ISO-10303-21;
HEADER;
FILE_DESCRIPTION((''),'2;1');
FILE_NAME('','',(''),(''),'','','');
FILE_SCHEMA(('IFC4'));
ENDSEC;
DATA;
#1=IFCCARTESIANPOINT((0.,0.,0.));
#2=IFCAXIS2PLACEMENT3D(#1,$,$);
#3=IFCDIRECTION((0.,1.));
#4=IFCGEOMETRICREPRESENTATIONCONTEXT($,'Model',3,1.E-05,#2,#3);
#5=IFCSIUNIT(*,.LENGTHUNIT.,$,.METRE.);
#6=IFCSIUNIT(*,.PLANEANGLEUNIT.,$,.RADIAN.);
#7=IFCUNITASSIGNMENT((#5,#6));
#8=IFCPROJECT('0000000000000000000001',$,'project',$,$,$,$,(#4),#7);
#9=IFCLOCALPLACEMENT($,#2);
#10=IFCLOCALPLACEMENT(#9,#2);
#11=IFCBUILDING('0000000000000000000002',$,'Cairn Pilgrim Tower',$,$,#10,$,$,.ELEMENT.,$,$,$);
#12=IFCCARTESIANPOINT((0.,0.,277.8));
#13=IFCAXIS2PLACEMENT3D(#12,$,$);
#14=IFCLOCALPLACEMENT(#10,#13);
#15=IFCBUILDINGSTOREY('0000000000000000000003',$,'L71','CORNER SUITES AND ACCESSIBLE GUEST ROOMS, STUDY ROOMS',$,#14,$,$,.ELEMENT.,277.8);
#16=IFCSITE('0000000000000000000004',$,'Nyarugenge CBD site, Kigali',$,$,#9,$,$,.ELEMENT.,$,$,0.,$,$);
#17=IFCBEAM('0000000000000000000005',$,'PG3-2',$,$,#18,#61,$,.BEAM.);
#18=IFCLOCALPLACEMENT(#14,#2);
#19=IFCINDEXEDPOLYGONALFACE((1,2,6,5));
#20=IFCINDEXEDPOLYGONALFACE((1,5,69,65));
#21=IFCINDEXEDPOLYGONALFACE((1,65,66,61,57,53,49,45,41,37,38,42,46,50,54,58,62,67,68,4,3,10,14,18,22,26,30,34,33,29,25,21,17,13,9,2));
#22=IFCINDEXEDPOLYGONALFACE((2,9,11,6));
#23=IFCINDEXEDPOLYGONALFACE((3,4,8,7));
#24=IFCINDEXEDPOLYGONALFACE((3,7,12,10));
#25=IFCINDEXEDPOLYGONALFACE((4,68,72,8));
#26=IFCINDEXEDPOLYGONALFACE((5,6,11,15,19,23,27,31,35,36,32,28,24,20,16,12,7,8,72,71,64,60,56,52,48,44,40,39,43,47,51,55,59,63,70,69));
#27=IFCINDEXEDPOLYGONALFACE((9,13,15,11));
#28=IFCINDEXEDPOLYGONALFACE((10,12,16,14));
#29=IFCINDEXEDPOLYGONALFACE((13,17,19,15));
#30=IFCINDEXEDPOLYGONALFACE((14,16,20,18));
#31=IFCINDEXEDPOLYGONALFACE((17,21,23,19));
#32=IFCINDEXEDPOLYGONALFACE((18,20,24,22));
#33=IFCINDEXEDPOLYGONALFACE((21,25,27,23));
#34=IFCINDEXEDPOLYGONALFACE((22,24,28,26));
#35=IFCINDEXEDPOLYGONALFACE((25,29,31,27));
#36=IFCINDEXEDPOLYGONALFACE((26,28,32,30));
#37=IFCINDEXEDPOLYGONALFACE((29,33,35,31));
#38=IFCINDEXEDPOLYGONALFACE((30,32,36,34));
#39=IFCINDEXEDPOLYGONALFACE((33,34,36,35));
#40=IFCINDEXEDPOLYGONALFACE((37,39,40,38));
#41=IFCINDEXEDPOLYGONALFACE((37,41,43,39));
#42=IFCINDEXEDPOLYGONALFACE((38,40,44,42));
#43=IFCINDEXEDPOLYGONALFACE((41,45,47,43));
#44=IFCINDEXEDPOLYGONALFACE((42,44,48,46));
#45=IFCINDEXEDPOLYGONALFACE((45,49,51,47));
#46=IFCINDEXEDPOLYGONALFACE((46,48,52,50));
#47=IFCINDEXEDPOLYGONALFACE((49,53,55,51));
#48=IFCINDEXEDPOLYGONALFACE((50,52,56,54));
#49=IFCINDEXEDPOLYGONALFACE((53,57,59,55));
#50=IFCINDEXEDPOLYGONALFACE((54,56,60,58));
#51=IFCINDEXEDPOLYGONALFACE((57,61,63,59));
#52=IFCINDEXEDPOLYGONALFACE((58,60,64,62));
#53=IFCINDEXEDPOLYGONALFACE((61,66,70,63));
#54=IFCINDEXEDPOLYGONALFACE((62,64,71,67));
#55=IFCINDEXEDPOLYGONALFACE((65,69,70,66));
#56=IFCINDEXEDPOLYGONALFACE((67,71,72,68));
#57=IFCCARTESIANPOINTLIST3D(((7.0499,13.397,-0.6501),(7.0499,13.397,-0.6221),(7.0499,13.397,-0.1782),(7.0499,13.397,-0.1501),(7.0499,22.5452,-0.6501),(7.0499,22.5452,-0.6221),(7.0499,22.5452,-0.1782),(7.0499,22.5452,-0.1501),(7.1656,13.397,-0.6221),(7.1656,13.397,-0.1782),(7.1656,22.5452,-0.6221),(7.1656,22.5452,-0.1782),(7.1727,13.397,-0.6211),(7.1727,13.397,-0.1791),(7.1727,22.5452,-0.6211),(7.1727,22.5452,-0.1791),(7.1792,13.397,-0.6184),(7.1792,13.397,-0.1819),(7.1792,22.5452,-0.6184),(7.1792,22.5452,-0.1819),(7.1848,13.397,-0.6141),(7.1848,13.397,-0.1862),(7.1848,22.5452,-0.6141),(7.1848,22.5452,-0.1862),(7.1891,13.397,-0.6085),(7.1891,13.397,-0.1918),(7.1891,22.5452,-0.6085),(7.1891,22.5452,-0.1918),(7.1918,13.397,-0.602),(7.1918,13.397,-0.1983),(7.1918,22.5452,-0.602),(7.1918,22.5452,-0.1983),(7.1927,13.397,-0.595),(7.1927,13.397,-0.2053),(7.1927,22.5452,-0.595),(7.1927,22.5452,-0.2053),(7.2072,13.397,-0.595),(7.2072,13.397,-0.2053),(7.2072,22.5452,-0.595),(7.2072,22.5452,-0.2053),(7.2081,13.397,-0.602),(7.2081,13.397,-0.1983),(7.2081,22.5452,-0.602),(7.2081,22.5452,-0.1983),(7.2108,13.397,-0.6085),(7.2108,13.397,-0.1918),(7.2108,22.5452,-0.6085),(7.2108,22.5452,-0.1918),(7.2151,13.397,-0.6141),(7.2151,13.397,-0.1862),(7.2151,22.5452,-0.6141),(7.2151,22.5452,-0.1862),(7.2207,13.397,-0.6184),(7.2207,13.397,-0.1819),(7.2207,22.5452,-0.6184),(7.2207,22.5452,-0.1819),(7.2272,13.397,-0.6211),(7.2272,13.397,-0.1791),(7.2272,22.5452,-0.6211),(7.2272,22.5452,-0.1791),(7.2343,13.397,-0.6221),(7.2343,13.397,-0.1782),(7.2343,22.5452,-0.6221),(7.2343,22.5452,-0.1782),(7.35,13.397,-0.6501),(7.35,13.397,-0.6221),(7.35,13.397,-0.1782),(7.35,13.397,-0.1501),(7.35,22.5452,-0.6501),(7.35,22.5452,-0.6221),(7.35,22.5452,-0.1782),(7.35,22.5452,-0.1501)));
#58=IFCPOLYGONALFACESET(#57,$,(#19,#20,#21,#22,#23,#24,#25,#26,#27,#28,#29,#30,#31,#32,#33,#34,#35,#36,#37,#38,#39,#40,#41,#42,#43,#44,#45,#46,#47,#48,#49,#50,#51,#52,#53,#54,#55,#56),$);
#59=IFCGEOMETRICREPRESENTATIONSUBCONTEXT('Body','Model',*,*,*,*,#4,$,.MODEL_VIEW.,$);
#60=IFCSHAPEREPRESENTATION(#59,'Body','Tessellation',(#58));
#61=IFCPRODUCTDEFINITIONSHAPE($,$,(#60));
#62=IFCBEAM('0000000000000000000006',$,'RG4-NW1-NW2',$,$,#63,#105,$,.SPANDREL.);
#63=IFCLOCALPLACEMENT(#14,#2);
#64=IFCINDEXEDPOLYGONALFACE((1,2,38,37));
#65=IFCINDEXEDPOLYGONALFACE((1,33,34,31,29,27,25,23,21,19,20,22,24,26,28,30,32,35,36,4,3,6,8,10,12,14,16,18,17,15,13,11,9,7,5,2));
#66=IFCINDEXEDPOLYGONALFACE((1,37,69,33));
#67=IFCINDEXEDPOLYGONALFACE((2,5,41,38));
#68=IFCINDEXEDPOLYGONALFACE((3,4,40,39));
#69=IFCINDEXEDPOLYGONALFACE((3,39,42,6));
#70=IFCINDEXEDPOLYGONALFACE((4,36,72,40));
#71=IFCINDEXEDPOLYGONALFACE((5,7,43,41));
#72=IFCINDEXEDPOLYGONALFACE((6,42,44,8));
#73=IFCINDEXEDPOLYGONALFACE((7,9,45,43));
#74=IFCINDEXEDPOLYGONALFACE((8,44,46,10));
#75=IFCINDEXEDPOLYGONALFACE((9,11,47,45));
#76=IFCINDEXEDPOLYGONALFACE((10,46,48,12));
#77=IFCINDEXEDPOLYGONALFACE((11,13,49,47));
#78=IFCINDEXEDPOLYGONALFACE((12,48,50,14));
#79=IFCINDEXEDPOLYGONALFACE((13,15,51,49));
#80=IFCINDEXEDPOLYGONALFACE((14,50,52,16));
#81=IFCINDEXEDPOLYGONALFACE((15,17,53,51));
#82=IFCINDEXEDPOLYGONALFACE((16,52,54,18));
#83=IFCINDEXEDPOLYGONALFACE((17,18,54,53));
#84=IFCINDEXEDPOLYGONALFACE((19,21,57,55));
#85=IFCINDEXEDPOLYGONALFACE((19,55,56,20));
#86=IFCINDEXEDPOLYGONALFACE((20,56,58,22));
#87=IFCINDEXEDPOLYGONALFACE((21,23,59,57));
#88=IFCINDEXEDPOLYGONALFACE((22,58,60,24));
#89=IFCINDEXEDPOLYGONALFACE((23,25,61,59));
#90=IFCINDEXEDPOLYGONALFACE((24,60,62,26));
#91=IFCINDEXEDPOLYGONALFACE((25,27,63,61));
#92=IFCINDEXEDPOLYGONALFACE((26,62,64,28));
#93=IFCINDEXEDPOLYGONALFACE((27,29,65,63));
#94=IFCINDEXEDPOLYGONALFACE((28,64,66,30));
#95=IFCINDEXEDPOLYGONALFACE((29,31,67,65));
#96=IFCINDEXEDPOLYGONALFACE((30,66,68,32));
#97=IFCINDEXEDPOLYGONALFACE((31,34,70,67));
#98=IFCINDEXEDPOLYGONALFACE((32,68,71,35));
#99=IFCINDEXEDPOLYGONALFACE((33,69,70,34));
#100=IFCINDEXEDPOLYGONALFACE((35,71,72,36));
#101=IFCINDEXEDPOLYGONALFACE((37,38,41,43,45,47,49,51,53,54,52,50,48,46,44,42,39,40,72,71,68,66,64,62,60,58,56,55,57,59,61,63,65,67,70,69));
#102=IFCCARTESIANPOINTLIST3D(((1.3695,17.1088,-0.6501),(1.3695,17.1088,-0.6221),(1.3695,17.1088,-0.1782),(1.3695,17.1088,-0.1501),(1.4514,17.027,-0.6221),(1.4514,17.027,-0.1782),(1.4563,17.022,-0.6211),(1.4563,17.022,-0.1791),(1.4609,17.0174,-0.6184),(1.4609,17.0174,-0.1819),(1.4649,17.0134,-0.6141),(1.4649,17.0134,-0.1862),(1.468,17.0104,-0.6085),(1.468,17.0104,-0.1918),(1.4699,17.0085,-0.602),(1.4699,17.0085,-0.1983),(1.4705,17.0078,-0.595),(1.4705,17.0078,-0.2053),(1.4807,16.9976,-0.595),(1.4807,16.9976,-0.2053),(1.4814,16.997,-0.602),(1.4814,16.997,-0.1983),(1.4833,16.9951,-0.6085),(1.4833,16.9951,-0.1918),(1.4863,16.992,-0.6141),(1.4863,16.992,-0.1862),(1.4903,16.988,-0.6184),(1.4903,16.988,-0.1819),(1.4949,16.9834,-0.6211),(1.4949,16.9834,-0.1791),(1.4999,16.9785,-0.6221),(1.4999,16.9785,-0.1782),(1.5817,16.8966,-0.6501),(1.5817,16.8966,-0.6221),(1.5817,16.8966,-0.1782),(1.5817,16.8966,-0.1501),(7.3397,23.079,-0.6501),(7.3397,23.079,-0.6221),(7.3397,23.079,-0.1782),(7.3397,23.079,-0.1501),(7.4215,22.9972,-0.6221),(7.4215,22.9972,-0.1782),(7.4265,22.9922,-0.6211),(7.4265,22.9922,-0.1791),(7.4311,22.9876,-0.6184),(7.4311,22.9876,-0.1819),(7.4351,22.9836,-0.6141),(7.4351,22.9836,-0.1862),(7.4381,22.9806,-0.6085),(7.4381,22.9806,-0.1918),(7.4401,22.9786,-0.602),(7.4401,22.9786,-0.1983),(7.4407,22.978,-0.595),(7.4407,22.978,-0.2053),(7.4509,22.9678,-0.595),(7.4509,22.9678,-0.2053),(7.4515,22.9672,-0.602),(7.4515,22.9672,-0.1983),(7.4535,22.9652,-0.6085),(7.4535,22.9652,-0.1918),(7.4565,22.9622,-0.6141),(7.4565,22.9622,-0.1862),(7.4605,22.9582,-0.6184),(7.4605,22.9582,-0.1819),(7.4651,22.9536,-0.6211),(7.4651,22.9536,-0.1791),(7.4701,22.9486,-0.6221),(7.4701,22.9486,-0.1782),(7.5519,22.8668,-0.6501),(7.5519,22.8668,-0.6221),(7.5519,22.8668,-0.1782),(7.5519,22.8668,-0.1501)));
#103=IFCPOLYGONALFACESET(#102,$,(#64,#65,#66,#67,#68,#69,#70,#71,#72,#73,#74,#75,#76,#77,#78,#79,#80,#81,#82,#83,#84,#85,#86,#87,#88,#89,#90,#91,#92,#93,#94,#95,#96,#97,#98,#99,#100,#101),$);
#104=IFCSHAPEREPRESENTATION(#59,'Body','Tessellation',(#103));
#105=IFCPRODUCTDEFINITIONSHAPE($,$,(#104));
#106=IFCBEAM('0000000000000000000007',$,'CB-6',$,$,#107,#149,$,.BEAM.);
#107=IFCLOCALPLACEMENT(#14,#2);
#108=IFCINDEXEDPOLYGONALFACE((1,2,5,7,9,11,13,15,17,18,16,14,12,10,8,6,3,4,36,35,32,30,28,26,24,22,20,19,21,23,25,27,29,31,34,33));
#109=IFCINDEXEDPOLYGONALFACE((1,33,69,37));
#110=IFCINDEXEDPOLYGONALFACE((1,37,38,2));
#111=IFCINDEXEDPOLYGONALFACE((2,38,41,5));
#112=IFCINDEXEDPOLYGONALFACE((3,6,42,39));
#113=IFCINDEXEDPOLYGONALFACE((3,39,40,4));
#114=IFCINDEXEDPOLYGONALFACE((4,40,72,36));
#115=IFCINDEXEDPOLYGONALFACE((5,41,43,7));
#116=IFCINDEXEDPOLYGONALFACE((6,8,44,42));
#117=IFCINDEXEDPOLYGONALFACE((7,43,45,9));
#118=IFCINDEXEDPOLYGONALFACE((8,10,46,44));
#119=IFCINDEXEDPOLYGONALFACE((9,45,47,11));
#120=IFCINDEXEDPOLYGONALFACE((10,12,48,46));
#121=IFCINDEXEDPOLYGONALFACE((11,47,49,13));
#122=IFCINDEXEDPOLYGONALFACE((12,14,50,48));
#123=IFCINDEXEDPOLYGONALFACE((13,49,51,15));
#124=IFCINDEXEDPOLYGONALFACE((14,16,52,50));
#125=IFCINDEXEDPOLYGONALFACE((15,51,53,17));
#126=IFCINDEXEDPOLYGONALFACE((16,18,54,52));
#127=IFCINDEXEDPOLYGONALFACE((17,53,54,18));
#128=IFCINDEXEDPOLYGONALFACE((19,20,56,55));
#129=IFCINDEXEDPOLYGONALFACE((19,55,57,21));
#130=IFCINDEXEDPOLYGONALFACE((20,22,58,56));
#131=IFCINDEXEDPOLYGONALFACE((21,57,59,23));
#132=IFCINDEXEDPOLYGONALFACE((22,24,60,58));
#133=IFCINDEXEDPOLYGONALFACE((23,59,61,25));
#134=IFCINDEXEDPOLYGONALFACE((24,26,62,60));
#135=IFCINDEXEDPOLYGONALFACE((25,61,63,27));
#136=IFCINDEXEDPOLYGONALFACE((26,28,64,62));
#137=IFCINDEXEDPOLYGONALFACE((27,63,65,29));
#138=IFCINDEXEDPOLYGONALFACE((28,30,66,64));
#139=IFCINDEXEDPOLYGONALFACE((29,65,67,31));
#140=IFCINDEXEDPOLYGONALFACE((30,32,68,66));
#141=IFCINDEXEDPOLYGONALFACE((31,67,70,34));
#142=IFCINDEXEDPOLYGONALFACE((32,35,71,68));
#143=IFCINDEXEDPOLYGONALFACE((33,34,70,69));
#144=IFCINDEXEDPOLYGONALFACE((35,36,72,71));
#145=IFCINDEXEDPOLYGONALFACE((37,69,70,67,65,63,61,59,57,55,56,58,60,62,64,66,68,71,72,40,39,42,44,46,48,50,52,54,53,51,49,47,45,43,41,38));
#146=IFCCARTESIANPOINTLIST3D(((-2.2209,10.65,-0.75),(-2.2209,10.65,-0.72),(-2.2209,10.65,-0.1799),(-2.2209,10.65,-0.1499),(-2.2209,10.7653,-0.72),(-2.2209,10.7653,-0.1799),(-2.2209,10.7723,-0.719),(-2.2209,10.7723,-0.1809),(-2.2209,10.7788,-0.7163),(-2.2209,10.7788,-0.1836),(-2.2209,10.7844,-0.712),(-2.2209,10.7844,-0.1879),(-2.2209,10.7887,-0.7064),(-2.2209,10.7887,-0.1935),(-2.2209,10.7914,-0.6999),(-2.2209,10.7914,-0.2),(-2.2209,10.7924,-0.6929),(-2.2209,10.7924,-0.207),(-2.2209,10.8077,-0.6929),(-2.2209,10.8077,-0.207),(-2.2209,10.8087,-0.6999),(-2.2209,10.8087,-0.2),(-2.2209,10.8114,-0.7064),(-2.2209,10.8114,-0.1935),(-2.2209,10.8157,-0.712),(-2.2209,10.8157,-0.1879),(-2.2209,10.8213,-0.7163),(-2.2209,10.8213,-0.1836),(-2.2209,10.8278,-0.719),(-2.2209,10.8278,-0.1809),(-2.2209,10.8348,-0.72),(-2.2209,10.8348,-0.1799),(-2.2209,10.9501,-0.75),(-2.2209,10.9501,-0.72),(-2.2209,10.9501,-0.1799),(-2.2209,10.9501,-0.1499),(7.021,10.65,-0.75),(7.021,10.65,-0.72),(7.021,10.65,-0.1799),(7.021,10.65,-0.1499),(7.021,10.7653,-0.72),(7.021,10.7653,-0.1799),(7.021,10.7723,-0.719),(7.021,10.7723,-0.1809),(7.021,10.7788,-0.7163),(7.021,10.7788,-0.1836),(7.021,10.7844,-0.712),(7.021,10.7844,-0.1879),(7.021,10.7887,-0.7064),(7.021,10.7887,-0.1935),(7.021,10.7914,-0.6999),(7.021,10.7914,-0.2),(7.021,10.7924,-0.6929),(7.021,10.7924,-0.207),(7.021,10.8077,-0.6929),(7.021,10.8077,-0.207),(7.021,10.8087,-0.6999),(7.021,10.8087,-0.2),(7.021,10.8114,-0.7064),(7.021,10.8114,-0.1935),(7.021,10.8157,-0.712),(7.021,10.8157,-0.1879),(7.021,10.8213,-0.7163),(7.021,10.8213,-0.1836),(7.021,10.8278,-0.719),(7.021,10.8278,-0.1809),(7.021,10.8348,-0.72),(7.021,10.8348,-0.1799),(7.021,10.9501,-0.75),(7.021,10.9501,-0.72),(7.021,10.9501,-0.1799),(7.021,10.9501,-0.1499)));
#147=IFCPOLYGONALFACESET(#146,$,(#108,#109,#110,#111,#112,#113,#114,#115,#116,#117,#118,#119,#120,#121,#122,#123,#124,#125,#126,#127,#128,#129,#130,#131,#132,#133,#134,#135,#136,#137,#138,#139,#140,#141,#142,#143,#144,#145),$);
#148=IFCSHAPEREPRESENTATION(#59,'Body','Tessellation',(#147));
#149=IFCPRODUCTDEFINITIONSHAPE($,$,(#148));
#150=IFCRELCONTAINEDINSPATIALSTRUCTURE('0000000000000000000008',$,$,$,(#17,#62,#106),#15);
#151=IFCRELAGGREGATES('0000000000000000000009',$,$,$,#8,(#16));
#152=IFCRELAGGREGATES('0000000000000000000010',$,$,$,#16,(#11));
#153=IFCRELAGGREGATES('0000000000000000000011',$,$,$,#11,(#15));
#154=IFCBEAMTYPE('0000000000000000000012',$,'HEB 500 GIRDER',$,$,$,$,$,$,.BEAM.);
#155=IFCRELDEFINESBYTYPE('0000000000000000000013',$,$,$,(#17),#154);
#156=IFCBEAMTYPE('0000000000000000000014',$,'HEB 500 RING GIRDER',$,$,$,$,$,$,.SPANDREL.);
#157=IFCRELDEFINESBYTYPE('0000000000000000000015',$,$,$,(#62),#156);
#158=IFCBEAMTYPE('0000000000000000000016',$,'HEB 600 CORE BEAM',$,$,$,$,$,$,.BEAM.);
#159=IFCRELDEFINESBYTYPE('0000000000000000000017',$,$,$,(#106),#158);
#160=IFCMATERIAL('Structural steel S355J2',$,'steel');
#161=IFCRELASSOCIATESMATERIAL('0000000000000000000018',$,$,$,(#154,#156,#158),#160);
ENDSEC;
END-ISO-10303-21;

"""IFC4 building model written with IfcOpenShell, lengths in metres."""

from ifc_helpers import new_model, si_unit, direction, frame, origin, origin_2d, place, context, subcontext, project, spatial, i_section, extrude, material, material_profile, profile_set, type_object, element, save


model = new_model("IFC4")

# Units and contexts
model_context = context("Model", 3, precision=1e-05, world=origin(), true_north=direction((0.0, 1.0)))
body_context = subcontext(model_context, "Body", "Model", "MODEL_VIEW")
ifc_project = project(units=[si_unit("LENGTHUNIT", "METRE"), si_unit("PLANEANGLEUNIT", "RADIAN")], contexts=[model_context])

# Site, building, storey
site_placement = place(None, origin())
site = spatial("IfcSite", under=ifc_project, at=site_placement, Name="Nyarugenge CBD site, Kigali", CompositionType="ELEMENT", RefElevation=0.0)
building_placement = place(site_placement, origin())
building = spatial("IfcBuilding", under=site, at=building_placement, Name="Cairn Pilgrim Tower", CompositionType="ELEMENT")
storey_placement = place(building_placement, frame((0.0, 0.0, 277.8)))
storey = spatial("IfcBuildingStorey", under=building, at=storey_placement, Name="L71", Description="CORNER SUITES AND ACCESSIBLE GUEST ROOMS, STUDY ROOMS", CompositionType="ELEMENT", Elevation=277.8)

# Shared definitions
ifc_material_1 = material(Name="Structural steel S355J2", Category="steel")

# Beams
ifc_material_profile_1 = material_profile(ifc_material_1, i_section(OverallWidth=0.3, OverallDepth=0.5, WebThickness=0.0144, FlangeThickness=0.0281, FilletRadius=0.0271, at=origin_2d()), Name="HEB 500")
ifc_profile_set_1 = profile_set([ifc_material_profile_1], Name="Structural steel S355J2")
beam_type_1 = type_object("IfcBeamType", Name="HEB 500 GIRDER", PredefinedType="BEAM", material=ifc_profile_set_1)
beam_1_placement = place(storey_placement, frame((7.2, 13.397, -0.4001), z_axis=(0.0, 1.0, 0.0), x_axis=(-1.0, 0.0, 0.0)))
element("IfcBeam", 1, at=beam_1_placement, inside=storey, type_object=beam_type_1, Name="PG3-2", PredefinedType="BEAM", context=body_context, shape_type="SweptSolid", body=[
    extrude(i_section(OverallWidth=0.3, OverallDepth=0.5, WebThickness=0.0144, FlangeThickness=0.0281, FilletRadius=0.0271, at=origin_2d()), origin(), (0.0, 0.0, 1.0), 9.1482),
])
ifc_material_profile_2 = material_profile(ifc_material_1, i_section(OverallWidth=0.3, OverallDepth=0.5, WebThickness=0.0144, FlangeThickness=0.0281, FilletRadius=0.0271, at=origin_2d()), Name="HEB 500")
ifc_profile_set_2 = profile_set([ifc_material_profile_2], Name="Structural steel S355J2")
beam_type_2 = type_object("IfcBeamType", Name="HEB 500 RING GIRDER", PredefinedType="SPANDREL", material=ifc_profile_set_2)
beam_2_placement = place(storey_placement, frame((7.4458, 22.9729, -0.4001), z_axis=(-0.707107, -0.707107, 0.0), x_axis=(0.707107, -0.707107, 0.0)))
element("IfcBeam", 2, at=beam_2_placement, inside=storey, type_object=beam_type_2, Name="RG4-NW1-NW2", PredefinedType="SPANDREL", context=body_context, shape_type="SweptSolid", body=[
    extrude(i_section(OverallWidth=0.3, OverallDepth=0.5, WebThickness=0.0144, FlangeThickness=0.0281, FilletRadius=0.0271, at=origin_2d()), origin(), (0.0, 0.0, 1.0), 8.4431),
])
ifc_material_profile_3 = material_profile(ifc_material_1, i_section(OverallWidth=0.3, OverallDepth=0.6001, WebThickness=0.0154, FlangeThickness=0.03, FilletRadius=0.0271, at=origin_2d()), Name="HEB 600")
ifc_profile_set_3 = profile_set([ifc_material_profile_3], Name="Structural steel S355J2")
beam_type_3 = type_object("IfcBeamType", Name="HEB 600 CORE BEAM", PredefinedType="BEAM", material=ifc_profile_set_3)
beam_3_placement = place(storey_placement, frame((7.021, 10.8, -0.45), z_axis=(-1.0, 0.0, 0.0), x_axis=(0.0, -1.0, 0.0)))
element("IfcBeam", 3, at=beam_3_placement, inside=storey, type_object=beam_type_3, Name="CB-6", PredefinedType="BEAM", context=body_context, shape_type="SweptSolid", body=[
    extrude(i_section(OverallWidth=0.3, OverallDepth=0.6001, WebThickness=0.0154, FlangeThickness=0.03, FilletRadius=0.0271, at=origin_2d()), origin(), (0.0, 0.0, 1.0), 9.2419),
])

save(model, "model.ifc")
